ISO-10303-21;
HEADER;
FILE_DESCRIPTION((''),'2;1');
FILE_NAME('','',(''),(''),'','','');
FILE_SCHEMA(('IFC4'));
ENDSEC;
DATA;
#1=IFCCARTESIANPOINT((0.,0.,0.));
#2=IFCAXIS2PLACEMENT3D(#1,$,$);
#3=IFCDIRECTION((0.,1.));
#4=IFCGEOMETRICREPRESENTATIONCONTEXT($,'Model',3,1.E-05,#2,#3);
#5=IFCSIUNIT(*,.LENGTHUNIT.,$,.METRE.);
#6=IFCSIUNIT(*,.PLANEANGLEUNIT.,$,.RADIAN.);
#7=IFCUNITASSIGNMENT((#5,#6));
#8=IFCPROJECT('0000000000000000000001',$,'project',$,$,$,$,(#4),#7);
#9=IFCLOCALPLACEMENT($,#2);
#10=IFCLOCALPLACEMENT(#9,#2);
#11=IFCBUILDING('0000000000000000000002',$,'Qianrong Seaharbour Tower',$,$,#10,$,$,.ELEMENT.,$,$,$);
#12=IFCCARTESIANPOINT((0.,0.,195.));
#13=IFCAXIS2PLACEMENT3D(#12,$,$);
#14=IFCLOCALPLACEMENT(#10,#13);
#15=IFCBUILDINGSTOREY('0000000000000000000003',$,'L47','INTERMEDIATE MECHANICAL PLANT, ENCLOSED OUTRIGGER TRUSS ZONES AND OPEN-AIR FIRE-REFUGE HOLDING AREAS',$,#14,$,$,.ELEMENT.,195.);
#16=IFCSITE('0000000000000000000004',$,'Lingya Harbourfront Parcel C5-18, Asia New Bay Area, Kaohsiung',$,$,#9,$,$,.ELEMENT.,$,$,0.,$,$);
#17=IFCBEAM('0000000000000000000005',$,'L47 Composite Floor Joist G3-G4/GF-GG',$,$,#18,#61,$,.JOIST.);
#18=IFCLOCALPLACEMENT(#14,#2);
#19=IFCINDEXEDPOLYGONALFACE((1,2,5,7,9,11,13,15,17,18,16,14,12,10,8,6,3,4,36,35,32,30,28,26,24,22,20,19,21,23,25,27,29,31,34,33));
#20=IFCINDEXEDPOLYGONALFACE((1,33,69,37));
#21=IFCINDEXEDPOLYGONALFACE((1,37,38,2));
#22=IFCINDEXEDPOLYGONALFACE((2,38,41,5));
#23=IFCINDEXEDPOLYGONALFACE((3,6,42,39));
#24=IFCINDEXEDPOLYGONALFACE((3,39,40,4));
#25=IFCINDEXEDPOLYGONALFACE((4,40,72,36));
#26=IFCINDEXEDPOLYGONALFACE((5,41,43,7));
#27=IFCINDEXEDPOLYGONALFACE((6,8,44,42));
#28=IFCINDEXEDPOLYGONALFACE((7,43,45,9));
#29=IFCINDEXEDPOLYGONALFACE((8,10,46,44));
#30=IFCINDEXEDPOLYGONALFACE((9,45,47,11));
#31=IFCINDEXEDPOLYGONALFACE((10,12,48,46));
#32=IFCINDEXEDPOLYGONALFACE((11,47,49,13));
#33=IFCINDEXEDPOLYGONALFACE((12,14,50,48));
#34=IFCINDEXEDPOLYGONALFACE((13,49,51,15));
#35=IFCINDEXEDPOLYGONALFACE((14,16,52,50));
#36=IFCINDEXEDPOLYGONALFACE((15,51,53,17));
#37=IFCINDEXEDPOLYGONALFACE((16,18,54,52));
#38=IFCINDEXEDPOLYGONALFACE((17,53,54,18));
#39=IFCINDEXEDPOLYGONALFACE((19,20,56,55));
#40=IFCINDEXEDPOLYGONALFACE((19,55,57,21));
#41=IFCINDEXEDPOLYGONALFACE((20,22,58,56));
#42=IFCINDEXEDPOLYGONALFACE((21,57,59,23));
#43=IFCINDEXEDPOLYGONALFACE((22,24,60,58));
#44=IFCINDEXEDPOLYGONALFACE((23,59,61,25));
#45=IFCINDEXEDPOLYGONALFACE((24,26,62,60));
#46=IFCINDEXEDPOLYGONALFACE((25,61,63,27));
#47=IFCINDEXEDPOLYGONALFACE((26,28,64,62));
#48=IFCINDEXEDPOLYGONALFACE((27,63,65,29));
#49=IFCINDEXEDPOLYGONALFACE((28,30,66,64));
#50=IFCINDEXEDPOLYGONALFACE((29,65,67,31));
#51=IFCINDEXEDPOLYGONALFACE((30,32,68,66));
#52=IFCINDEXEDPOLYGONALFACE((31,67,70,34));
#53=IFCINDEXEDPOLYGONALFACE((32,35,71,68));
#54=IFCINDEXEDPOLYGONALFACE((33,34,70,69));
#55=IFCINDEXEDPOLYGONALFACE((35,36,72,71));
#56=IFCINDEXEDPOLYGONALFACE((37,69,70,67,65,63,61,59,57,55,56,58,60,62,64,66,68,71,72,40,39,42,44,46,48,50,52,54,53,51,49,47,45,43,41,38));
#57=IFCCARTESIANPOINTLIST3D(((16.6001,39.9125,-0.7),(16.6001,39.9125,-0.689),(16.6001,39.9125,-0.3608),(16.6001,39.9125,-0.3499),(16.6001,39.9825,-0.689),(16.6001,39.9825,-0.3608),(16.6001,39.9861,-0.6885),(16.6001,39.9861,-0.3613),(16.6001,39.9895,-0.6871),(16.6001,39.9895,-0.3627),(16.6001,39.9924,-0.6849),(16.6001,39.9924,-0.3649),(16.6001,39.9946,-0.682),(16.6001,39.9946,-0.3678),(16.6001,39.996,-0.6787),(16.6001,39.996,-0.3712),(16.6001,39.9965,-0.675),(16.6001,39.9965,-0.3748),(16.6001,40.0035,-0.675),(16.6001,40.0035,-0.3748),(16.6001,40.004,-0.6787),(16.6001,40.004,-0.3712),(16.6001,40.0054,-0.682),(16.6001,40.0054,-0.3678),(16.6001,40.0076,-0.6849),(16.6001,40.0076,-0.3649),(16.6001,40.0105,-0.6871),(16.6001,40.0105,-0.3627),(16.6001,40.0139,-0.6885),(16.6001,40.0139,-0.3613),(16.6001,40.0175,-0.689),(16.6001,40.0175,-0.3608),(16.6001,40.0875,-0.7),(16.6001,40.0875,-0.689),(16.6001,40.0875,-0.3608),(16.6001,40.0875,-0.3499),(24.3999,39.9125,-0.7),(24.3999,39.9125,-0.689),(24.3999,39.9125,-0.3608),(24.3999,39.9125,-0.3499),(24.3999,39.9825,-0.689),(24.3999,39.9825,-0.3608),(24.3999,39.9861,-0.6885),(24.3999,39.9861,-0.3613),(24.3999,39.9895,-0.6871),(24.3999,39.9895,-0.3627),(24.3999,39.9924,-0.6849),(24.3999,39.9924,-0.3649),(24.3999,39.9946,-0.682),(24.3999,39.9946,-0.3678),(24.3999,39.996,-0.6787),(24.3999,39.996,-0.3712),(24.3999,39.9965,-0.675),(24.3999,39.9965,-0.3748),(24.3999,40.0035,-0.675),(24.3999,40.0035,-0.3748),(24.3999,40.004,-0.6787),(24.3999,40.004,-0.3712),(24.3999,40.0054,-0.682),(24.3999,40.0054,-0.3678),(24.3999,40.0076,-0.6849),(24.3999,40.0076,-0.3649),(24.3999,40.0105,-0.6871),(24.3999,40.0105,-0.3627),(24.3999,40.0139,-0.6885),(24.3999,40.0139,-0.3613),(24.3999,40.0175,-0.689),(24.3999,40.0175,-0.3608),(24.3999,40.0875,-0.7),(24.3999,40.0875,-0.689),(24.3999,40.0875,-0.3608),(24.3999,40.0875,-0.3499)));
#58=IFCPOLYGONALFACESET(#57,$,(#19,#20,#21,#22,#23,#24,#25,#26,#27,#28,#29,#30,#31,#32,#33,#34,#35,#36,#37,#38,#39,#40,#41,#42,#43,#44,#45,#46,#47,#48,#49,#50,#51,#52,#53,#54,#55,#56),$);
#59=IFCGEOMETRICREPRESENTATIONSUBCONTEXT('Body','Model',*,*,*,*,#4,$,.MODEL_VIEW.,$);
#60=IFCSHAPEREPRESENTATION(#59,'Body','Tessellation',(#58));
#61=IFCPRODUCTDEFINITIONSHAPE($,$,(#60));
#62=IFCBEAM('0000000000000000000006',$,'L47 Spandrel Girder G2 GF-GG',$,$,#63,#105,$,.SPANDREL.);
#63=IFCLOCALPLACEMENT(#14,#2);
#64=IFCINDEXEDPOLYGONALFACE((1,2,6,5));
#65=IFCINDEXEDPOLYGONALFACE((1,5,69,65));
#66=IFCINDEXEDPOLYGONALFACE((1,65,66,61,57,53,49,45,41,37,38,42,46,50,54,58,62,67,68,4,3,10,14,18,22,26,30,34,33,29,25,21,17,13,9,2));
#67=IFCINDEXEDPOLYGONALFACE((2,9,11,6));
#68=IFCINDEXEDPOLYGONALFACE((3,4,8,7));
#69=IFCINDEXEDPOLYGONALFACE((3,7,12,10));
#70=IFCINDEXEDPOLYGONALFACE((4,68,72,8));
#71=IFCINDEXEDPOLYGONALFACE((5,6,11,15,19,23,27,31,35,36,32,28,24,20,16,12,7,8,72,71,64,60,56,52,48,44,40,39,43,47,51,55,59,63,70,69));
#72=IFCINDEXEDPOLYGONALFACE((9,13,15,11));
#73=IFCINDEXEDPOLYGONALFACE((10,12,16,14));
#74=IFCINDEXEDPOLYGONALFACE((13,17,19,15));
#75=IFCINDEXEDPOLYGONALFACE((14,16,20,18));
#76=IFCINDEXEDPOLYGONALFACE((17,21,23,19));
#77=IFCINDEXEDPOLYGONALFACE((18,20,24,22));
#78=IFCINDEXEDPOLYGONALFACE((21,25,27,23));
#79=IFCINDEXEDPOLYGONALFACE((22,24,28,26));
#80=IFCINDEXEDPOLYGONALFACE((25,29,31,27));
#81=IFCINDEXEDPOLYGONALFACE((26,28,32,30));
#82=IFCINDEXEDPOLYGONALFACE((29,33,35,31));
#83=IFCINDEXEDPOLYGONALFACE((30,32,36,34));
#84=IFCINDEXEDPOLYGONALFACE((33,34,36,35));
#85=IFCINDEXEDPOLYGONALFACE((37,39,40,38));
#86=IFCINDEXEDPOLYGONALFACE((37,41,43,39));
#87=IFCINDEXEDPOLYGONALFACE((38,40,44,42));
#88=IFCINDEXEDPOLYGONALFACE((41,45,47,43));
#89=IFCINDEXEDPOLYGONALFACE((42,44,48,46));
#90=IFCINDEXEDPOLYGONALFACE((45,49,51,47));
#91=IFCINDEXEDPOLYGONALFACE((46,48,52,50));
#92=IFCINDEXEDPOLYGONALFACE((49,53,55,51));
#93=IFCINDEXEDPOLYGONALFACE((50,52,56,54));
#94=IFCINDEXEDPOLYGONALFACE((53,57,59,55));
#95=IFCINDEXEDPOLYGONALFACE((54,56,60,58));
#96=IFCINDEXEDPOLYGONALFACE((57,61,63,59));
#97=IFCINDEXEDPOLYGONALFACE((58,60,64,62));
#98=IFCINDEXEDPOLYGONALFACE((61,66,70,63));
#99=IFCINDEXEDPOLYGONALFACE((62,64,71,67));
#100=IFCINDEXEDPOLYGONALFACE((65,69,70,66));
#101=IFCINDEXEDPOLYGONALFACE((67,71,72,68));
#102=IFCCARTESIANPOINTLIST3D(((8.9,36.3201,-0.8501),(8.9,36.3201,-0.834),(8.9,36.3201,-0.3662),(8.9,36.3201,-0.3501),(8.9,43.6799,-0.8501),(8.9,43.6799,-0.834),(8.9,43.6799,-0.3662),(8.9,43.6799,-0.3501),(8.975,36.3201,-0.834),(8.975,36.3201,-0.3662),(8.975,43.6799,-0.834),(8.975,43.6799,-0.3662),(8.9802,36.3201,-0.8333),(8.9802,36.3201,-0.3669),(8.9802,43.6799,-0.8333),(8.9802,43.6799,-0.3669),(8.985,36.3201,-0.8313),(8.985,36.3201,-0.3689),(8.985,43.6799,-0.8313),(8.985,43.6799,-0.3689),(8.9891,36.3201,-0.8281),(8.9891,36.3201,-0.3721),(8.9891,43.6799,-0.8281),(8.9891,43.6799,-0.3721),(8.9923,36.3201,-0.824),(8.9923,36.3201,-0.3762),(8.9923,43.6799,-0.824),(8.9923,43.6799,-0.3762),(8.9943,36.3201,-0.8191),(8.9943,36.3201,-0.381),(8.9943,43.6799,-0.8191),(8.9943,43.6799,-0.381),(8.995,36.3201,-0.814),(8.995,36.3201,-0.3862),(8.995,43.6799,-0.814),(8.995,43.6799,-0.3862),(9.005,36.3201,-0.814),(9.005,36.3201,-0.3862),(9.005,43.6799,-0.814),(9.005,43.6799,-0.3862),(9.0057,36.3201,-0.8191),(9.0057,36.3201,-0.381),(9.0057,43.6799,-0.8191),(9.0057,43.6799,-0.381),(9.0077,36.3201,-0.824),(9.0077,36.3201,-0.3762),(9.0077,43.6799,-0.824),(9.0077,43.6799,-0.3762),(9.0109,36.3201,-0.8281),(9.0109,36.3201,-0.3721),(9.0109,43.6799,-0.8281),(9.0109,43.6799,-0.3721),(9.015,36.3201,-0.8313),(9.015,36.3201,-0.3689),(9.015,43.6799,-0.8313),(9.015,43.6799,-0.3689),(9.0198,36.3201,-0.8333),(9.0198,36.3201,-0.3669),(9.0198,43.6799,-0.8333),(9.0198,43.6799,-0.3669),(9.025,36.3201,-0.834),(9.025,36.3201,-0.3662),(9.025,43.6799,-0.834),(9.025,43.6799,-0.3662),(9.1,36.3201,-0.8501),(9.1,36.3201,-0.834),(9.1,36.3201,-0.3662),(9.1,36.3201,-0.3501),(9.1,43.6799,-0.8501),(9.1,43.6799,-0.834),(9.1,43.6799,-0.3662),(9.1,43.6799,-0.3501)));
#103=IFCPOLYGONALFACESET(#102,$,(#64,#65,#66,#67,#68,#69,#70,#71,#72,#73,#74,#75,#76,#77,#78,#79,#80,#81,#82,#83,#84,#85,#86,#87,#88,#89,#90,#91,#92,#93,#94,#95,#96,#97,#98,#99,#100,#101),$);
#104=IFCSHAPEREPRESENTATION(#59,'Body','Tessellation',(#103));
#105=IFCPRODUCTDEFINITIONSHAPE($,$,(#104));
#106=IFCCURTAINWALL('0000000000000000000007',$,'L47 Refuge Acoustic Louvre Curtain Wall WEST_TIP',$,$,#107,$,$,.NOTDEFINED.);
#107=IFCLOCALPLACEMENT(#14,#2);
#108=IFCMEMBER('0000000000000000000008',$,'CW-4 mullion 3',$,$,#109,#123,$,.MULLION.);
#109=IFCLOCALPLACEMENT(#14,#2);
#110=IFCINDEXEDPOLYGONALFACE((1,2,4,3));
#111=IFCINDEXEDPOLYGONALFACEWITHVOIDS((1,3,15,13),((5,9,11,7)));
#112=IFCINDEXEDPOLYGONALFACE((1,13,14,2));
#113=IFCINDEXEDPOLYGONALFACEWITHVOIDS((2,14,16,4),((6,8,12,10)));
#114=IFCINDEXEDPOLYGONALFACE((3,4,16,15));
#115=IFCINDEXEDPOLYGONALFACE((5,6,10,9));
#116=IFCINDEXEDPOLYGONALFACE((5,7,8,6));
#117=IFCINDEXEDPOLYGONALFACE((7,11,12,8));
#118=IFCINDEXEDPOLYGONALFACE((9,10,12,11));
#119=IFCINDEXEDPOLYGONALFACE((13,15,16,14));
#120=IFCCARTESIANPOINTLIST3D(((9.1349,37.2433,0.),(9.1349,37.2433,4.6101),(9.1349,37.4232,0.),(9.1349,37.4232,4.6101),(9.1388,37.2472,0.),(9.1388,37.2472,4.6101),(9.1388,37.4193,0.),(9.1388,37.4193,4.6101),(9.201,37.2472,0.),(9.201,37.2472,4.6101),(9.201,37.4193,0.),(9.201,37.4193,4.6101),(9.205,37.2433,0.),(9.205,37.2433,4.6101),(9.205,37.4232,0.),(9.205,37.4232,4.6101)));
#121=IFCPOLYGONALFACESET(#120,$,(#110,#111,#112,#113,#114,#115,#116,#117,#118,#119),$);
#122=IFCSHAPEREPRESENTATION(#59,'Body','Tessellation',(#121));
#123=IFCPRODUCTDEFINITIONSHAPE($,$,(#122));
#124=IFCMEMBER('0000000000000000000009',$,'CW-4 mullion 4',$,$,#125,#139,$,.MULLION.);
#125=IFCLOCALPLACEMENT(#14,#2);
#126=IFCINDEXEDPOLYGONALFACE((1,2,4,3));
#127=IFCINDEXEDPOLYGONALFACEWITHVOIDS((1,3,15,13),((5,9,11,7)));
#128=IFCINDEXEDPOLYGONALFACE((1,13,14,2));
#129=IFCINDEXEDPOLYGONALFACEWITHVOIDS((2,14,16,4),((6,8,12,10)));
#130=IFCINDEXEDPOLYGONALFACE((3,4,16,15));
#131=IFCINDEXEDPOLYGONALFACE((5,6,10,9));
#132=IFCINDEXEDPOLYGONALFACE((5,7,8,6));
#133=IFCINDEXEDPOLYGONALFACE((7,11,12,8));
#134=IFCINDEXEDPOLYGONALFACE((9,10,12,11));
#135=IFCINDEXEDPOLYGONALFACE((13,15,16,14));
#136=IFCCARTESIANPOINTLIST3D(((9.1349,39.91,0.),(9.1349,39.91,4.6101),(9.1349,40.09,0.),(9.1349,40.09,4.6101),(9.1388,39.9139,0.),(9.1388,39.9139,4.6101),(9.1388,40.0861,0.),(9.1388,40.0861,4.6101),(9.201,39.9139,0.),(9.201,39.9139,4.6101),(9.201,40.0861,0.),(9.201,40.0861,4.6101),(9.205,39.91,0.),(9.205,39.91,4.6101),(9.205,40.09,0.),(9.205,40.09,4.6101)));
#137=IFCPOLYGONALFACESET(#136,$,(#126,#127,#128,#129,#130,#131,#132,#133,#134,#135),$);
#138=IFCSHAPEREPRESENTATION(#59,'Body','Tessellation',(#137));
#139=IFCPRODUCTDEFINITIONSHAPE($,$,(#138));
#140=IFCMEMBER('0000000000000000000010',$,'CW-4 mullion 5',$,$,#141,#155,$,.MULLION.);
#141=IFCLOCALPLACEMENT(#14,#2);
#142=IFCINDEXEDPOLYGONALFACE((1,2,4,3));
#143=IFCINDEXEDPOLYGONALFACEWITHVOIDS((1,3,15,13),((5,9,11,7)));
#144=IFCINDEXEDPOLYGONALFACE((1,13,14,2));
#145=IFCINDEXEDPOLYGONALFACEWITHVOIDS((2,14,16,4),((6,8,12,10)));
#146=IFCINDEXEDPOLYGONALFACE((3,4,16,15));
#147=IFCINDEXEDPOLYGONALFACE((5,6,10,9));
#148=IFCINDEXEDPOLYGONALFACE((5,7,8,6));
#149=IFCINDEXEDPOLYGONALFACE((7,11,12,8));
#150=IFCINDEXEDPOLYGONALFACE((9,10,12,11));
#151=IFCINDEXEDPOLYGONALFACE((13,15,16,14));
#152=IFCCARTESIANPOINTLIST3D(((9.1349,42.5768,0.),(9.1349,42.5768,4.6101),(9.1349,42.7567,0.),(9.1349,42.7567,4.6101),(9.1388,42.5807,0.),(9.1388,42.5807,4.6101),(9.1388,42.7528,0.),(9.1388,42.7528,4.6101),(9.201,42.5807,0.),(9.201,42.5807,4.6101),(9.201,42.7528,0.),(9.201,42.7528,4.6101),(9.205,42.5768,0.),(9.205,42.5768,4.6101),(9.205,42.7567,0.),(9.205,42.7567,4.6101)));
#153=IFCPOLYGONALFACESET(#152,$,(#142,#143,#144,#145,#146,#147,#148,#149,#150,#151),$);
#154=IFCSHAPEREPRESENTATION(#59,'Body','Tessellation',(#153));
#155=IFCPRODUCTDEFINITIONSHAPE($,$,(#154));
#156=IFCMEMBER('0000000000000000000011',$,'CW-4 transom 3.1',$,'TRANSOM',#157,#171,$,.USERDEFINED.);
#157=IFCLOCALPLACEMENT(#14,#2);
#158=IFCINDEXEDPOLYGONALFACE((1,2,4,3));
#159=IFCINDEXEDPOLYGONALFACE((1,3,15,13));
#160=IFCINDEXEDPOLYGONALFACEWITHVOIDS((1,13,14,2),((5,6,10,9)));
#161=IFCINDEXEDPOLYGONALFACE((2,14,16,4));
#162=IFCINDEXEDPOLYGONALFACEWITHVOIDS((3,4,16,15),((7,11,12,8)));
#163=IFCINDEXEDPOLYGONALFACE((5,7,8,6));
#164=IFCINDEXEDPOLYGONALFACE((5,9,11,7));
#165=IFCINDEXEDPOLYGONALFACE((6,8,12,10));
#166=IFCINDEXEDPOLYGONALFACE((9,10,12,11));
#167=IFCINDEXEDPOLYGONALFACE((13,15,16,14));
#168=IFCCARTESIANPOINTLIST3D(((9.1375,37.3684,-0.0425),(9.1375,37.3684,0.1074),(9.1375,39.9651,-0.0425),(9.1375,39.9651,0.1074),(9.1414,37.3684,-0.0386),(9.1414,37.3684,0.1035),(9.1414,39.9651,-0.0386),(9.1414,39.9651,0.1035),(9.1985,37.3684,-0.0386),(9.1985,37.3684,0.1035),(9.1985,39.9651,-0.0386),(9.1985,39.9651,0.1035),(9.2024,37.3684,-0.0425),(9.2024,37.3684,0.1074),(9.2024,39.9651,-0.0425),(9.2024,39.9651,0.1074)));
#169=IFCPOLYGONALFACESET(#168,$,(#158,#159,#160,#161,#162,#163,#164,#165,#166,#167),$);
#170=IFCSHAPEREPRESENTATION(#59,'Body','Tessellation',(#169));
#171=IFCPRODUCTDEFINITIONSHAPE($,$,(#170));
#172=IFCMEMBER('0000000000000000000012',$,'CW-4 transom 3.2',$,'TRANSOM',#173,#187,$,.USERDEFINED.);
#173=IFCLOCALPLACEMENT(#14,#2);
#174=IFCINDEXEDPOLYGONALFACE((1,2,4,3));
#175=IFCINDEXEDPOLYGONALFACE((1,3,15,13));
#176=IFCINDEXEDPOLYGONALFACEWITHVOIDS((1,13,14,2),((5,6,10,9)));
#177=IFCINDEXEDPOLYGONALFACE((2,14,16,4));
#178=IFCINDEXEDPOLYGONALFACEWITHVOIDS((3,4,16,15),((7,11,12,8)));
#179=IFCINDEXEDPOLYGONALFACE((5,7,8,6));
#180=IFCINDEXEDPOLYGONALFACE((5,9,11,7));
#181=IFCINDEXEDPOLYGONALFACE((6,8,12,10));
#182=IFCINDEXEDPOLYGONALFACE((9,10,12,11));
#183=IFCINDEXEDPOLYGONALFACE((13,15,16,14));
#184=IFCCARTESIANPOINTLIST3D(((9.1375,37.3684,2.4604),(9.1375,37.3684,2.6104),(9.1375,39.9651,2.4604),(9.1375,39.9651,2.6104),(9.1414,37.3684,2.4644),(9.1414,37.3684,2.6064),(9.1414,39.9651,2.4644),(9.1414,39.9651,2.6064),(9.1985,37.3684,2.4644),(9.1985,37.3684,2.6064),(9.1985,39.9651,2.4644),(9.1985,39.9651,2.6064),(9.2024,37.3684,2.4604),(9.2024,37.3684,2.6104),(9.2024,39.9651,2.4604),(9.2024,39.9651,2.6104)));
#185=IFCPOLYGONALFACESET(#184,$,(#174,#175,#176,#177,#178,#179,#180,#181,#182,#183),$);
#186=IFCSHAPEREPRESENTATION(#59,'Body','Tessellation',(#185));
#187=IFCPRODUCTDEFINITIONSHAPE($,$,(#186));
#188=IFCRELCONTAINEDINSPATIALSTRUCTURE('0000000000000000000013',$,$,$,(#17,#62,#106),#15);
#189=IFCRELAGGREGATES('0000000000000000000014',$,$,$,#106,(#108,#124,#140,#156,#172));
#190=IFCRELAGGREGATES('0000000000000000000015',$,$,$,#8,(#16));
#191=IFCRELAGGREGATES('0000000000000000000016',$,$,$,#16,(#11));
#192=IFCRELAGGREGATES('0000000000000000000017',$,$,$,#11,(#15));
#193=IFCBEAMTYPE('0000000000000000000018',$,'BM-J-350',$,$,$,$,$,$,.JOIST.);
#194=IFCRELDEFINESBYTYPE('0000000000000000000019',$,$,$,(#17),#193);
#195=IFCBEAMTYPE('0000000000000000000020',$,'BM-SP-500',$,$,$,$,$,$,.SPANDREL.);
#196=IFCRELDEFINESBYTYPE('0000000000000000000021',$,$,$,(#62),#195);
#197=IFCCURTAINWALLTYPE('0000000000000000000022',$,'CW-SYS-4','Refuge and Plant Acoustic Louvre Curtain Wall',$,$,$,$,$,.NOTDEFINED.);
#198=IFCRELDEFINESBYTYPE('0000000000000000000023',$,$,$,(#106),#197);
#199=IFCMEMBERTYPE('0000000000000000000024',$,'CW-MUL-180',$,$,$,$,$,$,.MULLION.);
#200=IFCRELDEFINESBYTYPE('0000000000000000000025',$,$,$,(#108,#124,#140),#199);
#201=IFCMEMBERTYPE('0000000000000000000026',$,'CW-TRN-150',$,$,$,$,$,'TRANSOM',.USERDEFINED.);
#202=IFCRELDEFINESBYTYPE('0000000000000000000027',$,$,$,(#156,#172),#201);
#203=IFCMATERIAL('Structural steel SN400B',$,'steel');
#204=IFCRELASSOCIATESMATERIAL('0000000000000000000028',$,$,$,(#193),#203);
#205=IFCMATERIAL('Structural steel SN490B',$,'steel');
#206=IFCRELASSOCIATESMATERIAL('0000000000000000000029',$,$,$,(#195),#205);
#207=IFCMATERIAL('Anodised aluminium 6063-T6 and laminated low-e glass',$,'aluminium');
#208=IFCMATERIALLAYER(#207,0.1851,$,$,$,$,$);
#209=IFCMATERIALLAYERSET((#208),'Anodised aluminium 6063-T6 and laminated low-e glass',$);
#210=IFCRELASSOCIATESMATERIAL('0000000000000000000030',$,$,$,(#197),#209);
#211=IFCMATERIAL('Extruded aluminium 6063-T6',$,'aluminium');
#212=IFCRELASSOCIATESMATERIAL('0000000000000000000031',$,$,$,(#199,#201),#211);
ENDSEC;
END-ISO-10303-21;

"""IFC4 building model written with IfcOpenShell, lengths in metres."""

from ifc_helpers import new_model, si_unit, direction, frame, origin, origin_2d, place, context, subcontext, project, spatial, hollow_rectangle, i_section, extrude, material, layer, layer_set, material_profile, profile_set, type_object, element, aggregate, save


model = new_model("IFC4")

# Units and contexts
model_context = context("Model", 3, precision=1e-05, world=origin(), true_north=direction((0.0, 1.0)))
body_context = subcontext(model_context, "Body", "Model", "MODEL_VIEW")
ifc_project = project(units=[si_unit("LENGTHUNIT", "METRE"), si_unit("PLANEANGLEUNIT", "RADIAN")], contexts=[model_context])

# Site, building, storey
site_placement = place(None, origin())
site = spatial("IfcSite", under=ifc_project, at=site_placement, Name="Lingya Harbourfront Parcel C5-18, Asia New Bay Area, Kaohsiung", CompositionType="ELEMENT", RefElevation=0.0)
building_placement = place(site_placement, origin())
building = spatial("IfcBuilding", under=site, at=building_placement, Name="Qianrong Seaharbour Tower", CompositionType="ELEMENT")
storey_placement = place(building_placement, frame((0.0, 0.0, 195.0)))
storey = spatial("IfcBuildingStorey", under=building, at=storey_placement, Name="L47", Description="INTERMEDIATE MECHANICAL PLANT, ENCLOSED OUTRIGGER TRUSS ZONES AND OPEN-AIR FIRE-REFUGE HOLDING AREAS", CompositionType="ELEMENT", Elevation=195.0)

# Shared definitions
ifc_material_1 = material(Name="Structural steel SN490B", Category="steel")

# Beams
ifc_material_2 = material(Name="Structural steel SN400B", Category="steel")
ifc_material_profile_1 = material_profile(ifc_material_2, i_section(OverallWidth=0.175, OverallDepth=0.3501, WebThickness=0.0071, FlangeThickness=0.011, FilletRadius=0.0139, at=origin_2d()), Name="H350x175x7x11")
ifc_profile_set_1 = profile_set([ifc_material_profile_1], Name="Structural steel SN400B")
beam_type_1 = type_object("IfcBeamType", Name="BM-J-350", PredefinedType="JOIST", material=ifc_profile_set_1)
beam_1_placement = place(storey_placement, frame((16.6001, 40.0, -0.5249), z_axis=(1.0, 0.0, 0.0), x_axis=(0.0, 1.0, 0.0)))
element("IfcBeam", 1, at=beam_1_placement, inside=storey, type_object=beam_type_1, Name="L47 Composite Floor Joist G3-G4/GF-GG", PredefinedType="JOIST", context=body_context, shape_type="SweptSolid", body=[
    extrude(i_section(OverallWidth=0.175, OverallDepth=0.3501, WebThickness=0.0071, FlangeThickness=0.011, FilletRadius=0.0139, at=origin_2d()), origin(), (0.0, 0.0, 1.0), 7.7998),
])
ifc_material_profile_2 = material_profile(ifc_material_1, i_section(OverallWidth=0.2, OverallDepth=0.5, WebThickness=0.01, FlangeThickness=0.0161, FilletRadius=0.02, at=origin_2d()), Name="H500x200x10x16")
ifc_profile_set_2 = profile_set([ifc_material_profile_2], Name="Structural steel SN490B")
beam_type_2 = type_object("IfcBeamType", Name="BM-SP-500", PredefinedType="SPANDREL", material=ifc_profile_set_2)
beam_2_placement = place(storey_placement, frame((9.0, 36.3201, -0.6001), z_axis=(0.0, 1.0, 0.0), x_axis=(-1.0, 0.0, 0.0)))
element("IfcBeam", 2, at=beam_2_placement, inside=storey, type_object=beam_type_2, Name="L47 Spandrel Girder G2 GF-GG", PredefinedType="SPANDREL", context=body_context, shape_type="SweptSolid", body=[
    extrude(i_section(OverallWidth=0.2, OverallDepth=0.5, WebThickness=0.01, FlangeThickness=0.0161, FilletRadius=0.02, at=origin_2d()), origin(), (0.0, 0.0, 1.0), 7.3599),
])

# Curtain wall, members
ifc_material_3 = material(Name="Anodised aluminium 6063-T6 and laminated low-e glass", Category="aluminium")
ifc_layer_1 = layer(ifc_material_3, 0.1851)
ifc_layer_set_1 = layer_set([ifc_layer_1], Name="Anodised aluminium 6063-T6 and laminated low-e glass")
curtain_wall_type = type_object("IfcCurtainWallType", Name="CW-SYS-4", Description="Refuge and Plant Acoustic Louvre Curtain Wall", PredefinedType="NOTDEFINED", material=ifc_layer_set_1)
curtain_wall_placement = place(storey_placement, origin())
curtain_wall = element("IfcCurtainWall", 3, at=curtain_wall_placement, inside=storey, type_object=curtain_wall_type, Name="L47 Refuge Acoustic Louvre Curtain Wall WEST_TIP", PredefinedType="NOTDEFINED")
ifc_material_4 = material(Name="Extruded aluminium 6063-T6", Category="aluminium")
ifc_material_profile_3 = material_profile(ifc_material_4, hollow_rectangle(XDim=0.0701, YDim=0.1799, WallThickness=0.0039, at=origin_2d()), Name="ALU-MUL-180x70x4")
ifc_profile_set_3 = profile_set([ifc_material_profile_3], Name="Extruded aluminium 6063-T6")
member_type_1 = type_object("IfcMemberType", Name="CW-MUL-180", PredefinedType="MULLION", material=ifc_profile_set_3)
member_1_placement = place(storey_placement, frame((9.1699, 37.3333, 0.0), z_axis=(0.0, 0.0, 1.0), x_axis=(-1.0, 0.0, 0.0)))
member_1 = element("IfcMember", 4, at=member_1_placement, type_object=member_type_1, Name="CW-4 mullion 3", PredefinedType="MULLION", context=body_context, shape_type="SweptSolid", body=[
    extrude(hollow_rectangle(XDim=0.0701, YDim=0.1799, WallThickness=0.0039, at=origin_2d()), origin(), (0.0, 0.0, 1.0), 4.6101),
])
member_2_placement = place(storey_placement, frame((9.1699, 40.0, 0.0), z_axis=(0.0, 0.0, 1.0), x_axis=(-1.0, 0.0, 0.0)))
member_2 = element("IfcMember", 5, at=member_2_placement, type_object=member_type_1, Name="CW-4 mullion 4", PredefinedType="MULLION", context=body_context, shape_type="SweptSolid", body=[
    extrude(hollow_rectangle(XDim=0.0701, YDim=0.1799, WallThickness=0.0039, at=origin_2d()), origin(), (0.0, 0.0, 1.0), 4.6101),
])
member_3_placement = place(storey_placement, frame((9.1699, 42.6667, 0.0), z_axis=(0.0, 0.0, 1.0), x_axis=(-1.0, 0.0, 0.0)))
member_3 = element("IfcMember", 6, at=member_3_placement, type_object=member_type_1, Name="CW-4 mullion 5", PredefinedType="MULLION", context=body_context, shape_type="SweptSolid", body=[
    extrude(hollow_rectangle(XDim=0.0701, YDim=0.1799, WallThickness=0.0039, at=origin_2d()), origin(), (0.0, 0.0, 1.0), 4.6101),
])
ifc_material_profile_4 = material_profile(ifc_material_4, hollow_rectangle(XDim=0.0649, YDim=0.1499, WallThickness=0.0039, at=origin_2d()), Name="ALU-TRN-150x65x4")
ifc_profile_set_4 = profile_set([ifc_material_profile_4], Name="Extruded aluminium 6063-T6")
member_type_2 = type_object("IfcMemberType", Name="CW-TRN-150", ElementType="TRANSOM", PredefinedType="USERDEFINED", material=ifc_profile_set_4)
member_4_placement = place(storey_placement, frame((9.1699, 37.3684, 0.0325), z_axis=(0.0, 1.0, 0.0), x_axis=(-1.0, 0.0, 0.0)))
member_4 = element("IfcMember", 7, at=member_4_placement, type_object=member_type_2, Name="CW-4 transom 3.1", ObjectType="TRANSOM", PredefinedType="USERDEFINED", context=body_context, shape_type="SweptSolid", body=[
    extrude(hollow_rectangle(XDim=0.0649, YDim=0.1499, WallThickness=0.0039, at=origin_2d()), origin(), (0.0, 0.0, 1.0), 2.5967),
])
member_5_placement = place(storey_placement, frame((9.1699, 37.3684, 2.5354), z_axis=(0.0, 1.0, 0.0), x_axis=(-1.0, 0.0, 0.0)))
member_5 = element("IfcMember", 8, at=member_5_placement, type_object=member_type_2, Name="CW-4 transom 3.2", ObjectType="TRANSOM", PredefinedType="USERDEFINED", context=body_context, shape_type="SweptSolid", body=[
    extrude(hollow_rectangle(XDim=0.0649, YDim=0.1499, WallThickness=0.0039, at=origin_2d()), origin(), (0.0, 0.0, 1.0), 2.5967),
])

aggregate(curtain_wall, [member_1, member_2, member_3, member_4, member_5])

save(model, "model.ifc")
